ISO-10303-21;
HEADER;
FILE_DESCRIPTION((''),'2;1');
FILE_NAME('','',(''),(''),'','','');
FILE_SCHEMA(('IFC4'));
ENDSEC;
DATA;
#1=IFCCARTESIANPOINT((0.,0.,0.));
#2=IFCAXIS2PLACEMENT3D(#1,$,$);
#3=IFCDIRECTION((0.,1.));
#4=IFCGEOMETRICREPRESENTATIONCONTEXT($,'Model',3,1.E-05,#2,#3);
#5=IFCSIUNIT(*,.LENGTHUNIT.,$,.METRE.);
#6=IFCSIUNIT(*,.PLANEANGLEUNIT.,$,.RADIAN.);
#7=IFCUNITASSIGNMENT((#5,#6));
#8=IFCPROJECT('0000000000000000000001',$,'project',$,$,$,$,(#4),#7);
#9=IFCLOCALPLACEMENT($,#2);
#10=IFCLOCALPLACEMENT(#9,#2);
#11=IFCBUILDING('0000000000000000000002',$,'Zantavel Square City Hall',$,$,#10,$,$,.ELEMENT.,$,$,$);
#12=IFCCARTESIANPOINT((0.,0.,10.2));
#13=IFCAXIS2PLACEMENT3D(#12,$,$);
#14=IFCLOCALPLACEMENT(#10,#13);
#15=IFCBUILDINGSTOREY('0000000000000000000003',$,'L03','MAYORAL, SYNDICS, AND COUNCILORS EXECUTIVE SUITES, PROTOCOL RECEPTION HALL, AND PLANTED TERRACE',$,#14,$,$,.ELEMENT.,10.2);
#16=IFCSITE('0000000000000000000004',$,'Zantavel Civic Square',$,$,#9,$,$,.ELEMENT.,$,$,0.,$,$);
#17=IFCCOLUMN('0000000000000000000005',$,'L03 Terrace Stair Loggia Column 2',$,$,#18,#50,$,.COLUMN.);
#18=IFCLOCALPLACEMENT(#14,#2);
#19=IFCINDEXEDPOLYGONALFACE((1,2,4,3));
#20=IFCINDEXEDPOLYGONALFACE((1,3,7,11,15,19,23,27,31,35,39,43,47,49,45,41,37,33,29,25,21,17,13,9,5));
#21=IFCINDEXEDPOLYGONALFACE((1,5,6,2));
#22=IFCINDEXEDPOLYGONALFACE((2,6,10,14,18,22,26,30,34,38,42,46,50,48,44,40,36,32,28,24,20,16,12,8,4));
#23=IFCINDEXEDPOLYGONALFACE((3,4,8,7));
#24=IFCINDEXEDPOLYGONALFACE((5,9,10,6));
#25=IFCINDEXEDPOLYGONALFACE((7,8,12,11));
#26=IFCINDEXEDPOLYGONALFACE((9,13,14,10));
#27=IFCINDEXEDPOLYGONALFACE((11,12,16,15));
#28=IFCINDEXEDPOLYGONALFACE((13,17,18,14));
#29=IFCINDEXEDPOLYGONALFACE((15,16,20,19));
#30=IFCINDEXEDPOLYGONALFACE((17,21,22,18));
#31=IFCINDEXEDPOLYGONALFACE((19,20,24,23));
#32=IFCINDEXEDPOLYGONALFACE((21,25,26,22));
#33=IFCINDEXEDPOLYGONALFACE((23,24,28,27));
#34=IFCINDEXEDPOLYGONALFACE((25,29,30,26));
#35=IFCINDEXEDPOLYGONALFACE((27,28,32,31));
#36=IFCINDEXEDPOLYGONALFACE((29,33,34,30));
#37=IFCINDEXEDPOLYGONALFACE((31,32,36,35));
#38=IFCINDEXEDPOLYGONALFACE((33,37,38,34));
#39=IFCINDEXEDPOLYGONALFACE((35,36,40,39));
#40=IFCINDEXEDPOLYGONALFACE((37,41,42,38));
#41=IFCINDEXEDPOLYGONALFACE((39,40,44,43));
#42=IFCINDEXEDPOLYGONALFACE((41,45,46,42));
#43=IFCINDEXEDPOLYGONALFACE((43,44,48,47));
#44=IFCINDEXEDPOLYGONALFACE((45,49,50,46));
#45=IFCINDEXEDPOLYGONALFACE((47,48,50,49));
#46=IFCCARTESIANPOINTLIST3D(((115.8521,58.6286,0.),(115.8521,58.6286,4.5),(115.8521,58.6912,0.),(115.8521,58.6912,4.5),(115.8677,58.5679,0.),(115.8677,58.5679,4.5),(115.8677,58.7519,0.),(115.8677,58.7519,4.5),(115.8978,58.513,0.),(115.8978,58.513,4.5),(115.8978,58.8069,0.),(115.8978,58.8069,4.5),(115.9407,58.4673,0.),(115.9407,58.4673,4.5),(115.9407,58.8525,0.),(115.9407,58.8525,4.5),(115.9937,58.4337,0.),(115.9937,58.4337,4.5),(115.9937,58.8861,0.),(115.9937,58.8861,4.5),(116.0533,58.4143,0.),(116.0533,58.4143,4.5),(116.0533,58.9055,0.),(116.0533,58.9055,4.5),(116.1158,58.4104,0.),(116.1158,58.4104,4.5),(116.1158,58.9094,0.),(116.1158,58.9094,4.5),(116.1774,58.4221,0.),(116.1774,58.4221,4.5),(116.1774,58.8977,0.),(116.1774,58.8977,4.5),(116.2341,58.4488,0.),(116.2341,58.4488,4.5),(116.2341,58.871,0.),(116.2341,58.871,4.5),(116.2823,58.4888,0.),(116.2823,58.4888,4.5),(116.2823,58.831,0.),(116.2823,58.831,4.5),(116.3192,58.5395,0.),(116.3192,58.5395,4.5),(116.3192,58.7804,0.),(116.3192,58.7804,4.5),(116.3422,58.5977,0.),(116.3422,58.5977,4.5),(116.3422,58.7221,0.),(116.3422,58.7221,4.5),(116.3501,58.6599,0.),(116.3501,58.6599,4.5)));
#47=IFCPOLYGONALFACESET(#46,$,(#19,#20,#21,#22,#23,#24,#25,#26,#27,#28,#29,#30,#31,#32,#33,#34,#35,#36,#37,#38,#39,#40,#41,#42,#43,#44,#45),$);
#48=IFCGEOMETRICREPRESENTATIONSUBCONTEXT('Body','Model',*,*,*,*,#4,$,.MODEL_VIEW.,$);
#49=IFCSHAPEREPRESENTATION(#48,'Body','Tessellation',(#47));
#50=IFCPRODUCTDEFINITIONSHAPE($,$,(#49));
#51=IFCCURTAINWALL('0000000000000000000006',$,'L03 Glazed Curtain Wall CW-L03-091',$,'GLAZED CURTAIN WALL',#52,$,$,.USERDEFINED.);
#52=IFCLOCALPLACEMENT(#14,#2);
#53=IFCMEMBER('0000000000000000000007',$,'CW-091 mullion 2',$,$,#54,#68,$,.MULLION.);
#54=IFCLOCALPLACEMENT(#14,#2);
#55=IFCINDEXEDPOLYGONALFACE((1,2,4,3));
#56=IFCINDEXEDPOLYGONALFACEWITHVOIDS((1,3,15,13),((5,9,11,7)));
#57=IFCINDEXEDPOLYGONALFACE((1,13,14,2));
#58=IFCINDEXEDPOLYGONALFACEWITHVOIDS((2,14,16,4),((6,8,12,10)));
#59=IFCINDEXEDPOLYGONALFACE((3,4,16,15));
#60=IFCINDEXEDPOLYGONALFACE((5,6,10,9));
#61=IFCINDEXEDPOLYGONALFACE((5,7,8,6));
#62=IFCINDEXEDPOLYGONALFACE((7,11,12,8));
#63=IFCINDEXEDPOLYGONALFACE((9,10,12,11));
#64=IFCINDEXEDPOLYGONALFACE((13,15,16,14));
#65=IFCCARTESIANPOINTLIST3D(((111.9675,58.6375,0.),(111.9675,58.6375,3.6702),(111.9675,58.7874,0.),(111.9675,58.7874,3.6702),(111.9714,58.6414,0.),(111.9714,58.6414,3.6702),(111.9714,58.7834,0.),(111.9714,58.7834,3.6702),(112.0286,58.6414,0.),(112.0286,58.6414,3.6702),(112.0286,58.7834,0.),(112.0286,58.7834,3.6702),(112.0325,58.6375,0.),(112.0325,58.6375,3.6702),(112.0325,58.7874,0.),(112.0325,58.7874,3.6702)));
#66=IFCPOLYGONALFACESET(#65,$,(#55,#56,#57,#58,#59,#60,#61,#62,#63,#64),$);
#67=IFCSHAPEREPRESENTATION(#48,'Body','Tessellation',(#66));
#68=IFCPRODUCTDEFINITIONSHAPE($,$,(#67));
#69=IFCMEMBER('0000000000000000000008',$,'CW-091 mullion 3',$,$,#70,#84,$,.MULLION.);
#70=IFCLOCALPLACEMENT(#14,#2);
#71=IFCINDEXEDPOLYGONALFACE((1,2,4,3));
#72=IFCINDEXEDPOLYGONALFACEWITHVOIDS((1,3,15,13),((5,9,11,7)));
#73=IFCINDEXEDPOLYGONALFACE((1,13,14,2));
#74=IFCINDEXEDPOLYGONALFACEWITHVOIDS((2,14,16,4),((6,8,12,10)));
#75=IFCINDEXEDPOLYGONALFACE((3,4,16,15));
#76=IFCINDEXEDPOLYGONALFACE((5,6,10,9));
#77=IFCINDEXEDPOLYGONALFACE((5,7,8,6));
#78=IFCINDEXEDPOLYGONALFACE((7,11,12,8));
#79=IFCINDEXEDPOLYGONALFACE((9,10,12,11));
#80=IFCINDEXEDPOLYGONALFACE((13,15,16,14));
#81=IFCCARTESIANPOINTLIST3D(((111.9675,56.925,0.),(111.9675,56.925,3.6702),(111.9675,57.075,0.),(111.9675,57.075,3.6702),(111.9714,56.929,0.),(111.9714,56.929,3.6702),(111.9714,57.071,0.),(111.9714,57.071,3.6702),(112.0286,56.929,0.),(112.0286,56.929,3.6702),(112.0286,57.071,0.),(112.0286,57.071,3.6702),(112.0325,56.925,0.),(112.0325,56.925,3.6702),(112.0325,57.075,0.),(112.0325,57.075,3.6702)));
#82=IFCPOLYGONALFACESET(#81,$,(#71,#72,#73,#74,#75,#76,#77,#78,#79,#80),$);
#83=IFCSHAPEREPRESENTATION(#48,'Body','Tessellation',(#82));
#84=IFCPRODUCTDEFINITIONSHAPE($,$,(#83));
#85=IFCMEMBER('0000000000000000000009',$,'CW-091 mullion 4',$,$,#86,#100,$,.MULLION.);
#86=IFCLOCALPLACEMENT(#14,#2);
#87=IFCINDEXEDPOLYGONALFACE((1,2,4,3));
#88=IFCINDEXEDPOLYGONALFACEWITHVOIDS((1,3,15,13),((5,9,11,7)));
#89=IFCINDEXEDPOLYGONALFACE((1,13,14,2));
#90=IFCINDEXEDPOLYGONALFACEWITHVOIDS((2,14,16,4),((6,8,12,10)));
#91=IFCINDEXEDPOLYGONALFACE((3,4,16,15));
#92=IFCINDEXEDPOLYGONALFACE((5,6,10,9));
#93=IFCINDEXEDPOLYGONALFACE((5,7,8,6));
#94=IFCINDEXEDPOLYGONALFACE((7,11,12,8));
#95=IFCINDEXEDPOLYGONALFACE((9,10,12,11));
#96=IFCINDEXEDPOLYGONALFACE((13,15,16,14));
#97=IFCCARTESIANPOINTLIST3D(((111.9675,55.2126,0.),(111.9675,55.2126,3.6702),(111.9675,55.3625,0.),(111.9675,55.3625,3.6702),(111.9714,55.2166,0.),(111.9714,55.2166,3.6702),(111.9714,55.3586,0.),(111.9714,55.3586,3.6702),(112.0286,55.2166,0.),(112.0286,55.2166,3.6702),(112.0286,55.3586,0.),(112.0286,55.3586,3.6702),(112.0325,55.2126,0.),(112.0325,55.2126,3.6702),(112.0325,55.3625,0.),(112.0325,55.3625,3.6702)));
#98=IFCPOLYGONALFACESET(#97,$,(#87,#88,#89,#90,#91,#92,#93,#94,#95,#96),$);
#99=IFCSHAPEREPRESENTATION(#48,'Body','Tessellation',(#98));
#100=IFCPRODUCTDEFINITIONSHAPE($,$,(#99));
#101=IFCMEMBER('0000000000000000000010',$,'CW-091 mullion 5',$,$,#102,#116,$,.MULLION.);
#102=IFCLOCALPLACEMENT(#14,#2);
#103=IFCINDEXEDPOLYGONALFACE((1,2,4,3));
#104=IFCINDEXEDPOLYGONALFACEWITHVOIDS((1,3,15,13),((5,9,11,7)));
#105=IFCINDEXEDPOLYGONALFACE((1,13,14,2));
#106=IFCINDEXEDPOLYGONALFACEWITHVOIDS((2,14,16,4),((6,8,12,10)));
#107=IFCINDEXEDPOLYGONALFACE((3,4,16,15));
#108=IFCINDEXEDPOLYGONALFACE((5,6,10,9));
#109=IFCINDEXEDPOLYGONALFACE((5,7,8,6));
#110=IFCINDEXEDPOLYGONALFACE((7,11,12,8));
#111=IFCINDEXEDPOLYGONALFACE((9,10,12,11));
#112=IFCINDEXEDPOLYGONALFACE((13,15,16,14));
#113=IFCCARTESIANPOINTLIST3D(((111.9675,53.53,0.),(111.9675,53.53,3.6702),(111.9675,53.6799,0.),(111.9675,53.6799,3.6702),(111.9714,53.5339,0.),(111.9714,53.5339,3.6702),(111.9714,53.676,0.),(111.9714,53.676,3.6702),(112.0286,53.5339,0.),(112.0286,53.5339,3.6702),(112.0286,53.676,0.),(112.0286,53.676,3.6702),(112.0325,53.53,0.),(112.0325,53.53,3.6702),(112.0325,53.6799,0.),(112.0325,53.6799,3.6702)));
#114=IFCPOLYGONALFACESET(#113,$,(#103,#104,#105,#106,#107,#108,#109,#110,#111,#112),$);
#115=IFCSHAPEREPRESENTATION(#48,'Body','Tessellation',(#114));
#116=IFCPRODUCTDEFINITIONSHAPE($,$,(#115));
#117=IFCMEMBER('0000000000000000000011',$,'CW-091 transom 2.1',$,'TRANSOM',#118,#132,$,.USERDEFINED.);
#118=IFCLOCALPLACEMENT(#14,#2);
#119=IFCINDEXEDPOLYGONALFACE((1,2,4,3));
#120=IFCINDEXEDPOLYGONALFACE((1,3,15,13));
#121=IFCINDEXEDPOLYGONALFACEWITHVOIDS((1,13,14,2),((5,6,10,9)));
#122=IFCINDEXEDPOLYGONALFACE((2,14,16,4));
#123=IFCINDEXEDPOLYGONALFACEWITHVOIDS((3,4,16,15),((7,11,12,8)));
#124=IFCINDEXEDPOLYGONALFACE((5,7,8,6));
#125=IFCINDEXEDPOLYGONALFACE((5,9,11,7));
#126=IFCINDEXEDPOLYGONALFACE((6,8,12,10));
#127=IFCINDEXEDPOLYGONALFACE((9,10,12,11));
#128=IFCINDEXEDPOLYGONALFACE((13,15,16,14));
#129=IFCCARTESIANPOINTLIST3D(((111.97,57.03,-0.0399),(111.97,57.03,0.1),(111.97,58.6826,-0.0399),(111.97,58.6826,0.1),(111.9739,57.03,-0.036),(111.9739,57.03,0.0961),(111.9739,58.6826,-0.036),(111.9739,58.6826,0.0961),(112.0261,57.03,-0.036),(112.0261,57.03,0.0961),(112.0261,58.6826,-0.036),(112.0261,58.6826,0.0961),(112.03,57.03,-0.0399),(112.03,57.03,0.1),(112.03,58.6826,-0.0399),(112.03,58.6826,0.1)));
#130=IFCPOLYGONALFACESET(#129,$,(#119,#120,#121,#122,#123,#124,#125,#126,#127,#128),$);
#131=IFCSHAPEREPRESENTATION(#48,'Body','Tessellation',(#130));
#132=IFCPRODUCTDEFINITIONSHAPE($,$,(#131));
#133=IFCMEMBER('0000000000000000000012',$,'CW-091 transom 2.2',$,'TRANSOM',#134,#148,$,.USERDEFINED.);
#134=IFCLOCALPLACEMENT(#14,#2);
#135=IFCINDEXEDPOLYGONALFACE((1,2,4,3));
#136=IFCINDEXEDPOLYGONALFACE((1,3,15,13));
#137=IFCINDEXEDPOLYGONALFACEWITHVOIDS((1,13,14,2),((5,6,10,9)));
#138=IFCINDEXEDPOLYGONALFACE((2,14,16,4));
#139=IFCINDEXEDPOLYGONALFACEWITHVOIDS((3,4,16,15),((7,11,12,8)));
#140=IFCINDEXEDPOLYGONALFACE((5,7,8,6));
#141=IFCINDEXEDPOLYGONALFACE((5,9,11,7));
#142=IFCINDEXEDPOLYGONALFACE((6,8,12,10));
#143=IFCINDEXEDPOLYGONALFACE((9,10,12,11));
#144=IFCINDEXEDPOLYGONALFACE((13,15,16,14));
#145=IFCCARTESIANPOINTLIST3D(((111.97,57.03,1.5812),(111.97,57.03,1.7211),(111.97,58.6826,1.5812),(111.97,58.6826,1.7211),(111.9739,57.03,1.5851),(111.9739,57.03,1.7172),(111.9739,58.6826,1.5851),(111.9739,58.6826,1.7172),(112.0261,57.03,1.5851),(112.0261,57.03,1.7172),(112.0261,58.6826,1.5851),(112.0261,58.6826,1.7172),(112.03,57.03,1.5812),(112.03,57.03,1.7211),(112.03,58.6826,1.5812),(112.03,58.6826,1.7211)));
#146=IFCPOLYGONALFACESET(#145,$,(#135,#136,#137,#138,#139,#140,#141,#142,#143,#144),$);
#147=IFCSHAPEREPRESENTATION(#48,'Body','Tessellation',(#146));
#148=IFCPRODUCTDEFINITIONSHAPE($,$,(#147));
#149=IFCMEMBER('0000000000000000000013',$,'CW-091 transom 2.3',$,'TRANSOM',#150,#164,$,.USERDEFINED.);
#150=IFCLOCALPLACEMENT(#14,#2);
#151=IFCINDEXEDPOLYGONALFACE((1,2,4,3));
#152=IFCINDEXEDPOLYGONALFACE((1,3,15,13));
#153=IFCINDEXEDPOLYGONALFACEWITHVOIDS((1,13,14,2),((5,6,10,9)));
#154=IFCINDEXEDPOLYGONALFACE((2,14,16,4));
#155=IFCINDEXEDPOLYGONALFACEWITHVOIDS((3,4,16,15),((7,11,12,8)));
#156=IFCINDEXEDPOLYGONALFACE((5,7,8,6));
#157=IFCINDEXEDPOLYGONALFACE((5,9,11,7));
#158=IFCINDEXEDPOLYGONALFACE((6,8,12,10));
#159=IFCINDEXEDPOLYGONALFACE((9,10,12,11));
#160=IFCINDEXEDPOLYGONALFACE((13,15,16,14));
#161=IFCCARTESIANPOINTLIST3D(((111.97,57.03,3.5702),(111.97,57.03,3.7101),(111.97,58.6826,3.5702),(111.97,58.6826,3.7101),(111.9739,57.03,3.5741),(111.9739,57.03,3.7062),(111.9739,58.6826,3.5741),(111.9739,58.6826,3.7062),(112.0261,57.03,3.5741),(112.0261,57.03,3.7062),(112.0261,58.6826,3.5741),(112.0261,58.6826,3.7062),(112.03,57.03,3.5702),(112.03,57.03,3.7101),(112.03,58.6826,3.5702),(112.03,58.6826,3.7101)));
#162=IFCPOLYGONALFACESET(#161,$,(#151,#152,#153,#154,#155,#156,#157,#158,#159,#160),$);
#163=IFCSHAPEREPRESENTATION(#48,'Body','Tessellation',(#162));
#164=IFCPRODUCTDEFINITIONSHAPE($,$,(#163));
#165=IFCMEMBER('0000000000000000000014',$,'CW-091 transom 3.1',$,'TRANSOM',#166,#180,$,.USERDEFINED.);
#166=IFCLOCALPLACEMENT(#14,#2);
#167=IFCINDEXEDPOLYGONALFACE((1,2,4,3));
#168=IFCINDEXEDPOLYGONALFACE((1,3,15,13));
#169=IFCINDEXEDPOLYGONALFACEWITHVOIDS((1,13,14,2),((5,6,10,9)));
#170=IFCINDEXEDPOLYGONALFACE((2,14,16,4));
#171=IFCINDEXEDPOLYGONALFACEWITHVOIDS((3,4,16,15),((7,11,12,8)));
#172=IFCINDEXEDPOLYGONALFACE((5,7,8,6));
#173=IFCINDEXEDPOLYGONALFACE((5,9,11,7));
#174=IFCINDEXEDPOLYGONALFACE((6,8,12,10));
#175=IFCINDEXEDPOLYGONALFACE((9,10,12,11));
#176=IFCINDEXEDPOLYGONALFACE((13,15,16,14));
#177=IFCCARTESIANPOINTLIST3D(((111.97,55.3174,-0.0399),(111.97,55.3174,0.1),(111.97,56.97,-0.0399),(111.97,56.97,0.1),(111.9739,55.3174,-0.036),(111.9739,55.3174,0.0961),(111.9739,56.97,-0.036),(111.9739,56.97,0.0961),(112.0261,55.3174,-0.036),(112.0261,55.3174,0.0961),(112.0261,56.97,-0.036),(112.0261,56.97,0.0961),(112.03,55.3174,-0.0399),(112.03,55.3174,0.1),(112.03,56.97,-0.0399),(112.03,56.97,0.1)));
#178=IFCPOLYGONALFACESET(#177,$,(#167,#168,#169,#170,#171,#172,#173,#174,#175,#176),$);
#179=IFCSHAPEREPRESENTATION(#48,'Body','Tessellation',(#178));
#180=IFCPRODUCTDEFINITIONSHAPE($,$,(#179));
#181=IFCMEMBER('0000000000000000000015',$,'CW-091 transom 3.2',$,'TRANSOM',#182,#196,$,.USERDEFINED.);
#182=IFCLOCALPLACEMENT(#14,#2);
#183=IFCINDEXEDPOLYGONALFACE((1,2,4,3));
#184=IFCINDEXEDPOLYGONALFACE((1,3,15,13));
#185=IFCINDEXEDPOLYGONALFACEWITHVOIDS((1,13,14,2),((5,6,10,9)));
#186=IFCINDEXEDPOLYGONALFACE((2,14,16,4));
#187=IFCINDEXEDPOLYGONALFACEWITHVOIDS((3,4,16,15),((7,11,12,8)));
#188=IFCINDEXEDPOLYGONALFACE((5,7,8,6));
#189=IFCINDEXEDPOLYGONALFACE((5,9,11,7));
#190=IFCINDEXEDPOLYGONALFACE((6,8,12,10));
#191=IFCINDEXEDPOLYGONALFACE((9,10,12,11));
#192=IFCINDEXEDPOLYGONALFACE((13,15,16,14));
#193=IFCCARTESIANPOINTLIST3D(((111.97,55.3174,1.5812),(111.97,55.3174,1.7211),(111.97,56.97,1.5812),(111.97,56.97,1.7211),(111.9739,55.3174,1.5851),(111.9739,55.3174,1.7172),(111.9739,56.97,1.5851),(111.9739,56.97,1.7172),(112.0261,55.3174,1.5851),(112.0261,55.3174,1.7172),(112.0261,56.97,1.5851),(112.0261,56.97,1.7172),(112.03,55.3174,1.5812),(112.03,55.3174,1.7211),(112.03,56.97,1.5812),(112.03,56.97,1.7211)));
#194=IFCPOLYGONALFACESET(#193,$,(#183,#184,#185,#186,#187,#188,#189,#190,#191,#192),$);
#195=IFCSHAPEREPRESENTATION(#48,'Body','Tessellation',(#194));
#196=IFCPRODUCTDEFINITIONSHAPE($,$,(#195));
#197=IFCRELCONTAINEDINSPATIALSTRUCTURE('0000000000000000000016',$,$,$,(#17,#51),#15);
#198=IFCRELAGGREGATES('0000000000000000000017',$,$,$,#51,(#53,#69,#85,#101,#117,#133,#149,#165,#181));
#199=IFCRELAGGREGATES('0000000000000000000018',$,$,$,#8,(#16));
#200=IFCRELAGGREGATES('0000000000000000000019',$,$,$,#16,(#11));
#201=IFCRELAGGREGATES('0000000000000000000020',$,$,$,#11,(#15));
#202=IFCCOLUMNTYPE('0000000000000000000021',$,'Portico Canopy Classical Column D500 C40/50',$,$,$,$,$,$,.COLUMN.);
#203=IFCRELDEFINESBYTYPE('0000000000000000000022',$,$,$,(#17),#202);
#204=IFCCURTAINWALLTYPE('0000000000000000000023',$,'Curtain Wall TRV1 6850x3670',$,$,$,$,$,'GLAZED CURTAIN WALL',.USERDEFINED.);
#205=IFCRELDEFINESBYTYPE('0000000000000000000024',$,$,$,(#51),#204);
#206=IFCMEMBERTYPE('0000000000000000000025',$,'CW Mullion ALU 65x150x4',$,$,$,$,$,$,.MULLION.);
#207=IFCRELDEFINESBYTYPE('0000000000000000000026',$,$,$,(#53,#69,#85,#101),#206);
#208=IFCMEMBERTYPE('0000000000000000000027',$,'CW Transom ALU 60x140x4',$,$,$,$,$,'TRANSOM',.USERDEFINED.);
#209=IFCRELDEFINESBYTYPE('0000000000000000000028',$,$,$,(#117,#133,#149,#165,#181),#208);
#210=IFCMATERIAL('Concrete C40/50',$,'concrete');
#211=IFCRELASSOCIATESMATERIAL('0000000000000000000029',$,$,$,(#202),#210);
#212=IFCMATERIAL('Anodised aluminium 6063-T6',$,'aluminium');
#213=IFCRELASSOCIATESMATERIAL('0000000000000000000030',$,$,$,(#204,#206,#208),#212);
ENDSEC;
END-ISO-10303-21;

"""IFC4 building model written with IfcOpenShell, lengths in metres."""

from ifc_helpers import new_model, si_unit, direction, frame, origin, origin_2d, place, context, subcontext, project, spatial, hollow_rectangle, circle, extrude, material, material_profile, profile_set, type_object, element, aggregate, save


model = new_model("IFC4")

# Units and contexts
model_context = context("Model", 3, precision=1e-05, world=origin(), true_north=direction((0.0, 1.0)))
body_context = subcontext(model_context, "Body", "Model", "MODEL_VIEW")
ifc_project = project(units=[si_unit("LENGTHUNIT", "METRE"), si_unit("PLANEANGLEUNIT", "RADIAN")], contexts=[model_context])

# Site, building, storey
site_placement = place(None, origin())
site = spatial("IfcSite", under=ifc_project, at=site_placement, Name="Zantavel Civic Square", CompositionType="ELEMENT", RefElevation=0.0)
building_placement = place(site_placement, origin())
building = spatial("IfcBuilding", under=site, at=building_placement, Name="Zantavel Square City Hall", CompositionType="ELEMENT")
storey_placement = place(building_placement, frame((0.0, 0.0, 10.2)))
storey = spatial("IfcBuildingStorey", under=building, at=storey_placement, Name="L03", Description="MAYORAL, SYNDICS, AND COUNCILORS EXECUTIVE SUITES, PROTOCOL RECEPTION HALL, AND PLANTED TERRACE", CompositionType="ELEMENT", Elevation=10.2)

# Column
ifc_material_1 = material(Name="Concrete C40/50", Category="concrete")
ifc_material_profile_1 = material_profile(ifc_material_1, circle(Radius=0.25, at=origin_2d()), Name="ROUND D500")
ifc_profile_set_1 = profile_set([ifc_material_profile_1], Name="Concrete C40/50")
column_type = type_object("IfcColumnType", Name="Portico Canopy Classical Column D500 C40/50", PredefinedType="COLUMN", material=ifc_profile_set_1)
column_placement = place(storey_placement, frame((116.1001, 58.6599, 0.0), z_axis=(0.0, 0.0, 1.0), x_axis=(1.0, 0.0, 0.0)))
element("IfcColumn", 1, at=column_placement, inside=storey, type_object=column_type, Name="L03 Terrace Stair Loggia Column 2", PredefinedType="COLUMN", context=body_context, shape_type="SweptSolid", body=[
    extrude(circle(Radius=0.25, at=origin_2d()), origin(), (0.0, 0.0, 1.0), 4.5),
])

# Curtain wall, members
ifc_material_2 = material(Name="Anodised aluminium 6063-T6", Category="aluminium")
curtain_wall_type = type_object("IfcCurtainWallType", Name="Curtain Wall TRV1 6850x3670", ElementType="GLAZED CURTAIN WALL", PredefinedType="USERDEFINED", material=ifc_material_2)
curtain_wall_placement = place(storey_placement, origin())
curtain_wall = element("IfcCurtainWall", 2, at=curtain_wall_placement, inside=storey, type_object=curtain_wall_type, Name="L03 Glazed Curtain Wall CW-L03-091", ObjectType="GLAZED CURTAIN WALL", PredefinedType="USERDEFINED")
ifc_material_profile_2 = material_profile(ifc_material_2, hollow_rectangle(XDim=0.0649, YDim=0.1499, WallThickness=0.0039, at=origin_2d()), Name="ALU 65x150x4")
ifc_profile_set_2 = profile_set([ifc_material_profile_2], Name="Anodised aluminium 6063-T6")
member_type_1 = type_object("IfcMemberType", Name="CW Mullion ALU 65x150x4", PredefinedType="MULLION", material=ifc_profile_set_2)
member_1_placement = place(storey_placement, frame((112.0, 58.7124, 0.0), z_axis=(0.0, 0.0, 1.0), x_axis=(1.0, 0.0, 0.0)))
member_1 = element("IfcMember", 3, at=member_1_placement, type_object=member_type_1, Name="CW-091 mullion 2", PredefinedType="MULLION", context=body_context, shape_type="SweptSolid", body=[
    extrude(hollow_rectangle(XDim=0.0649, YDim=0.1499, WallThickness=0.0039, at=origin_2d()), origin(), (0.0, 0.0, 1.0), 3.6702),
])
member_2_placement = place(storey_placement, frame((112.0, 57.0, 0.0), z_axis=(0.0, 0.0, 1.0), x_axis=(1.0, 0.0, 0.0)))
member_2 = element("IfcMember", 4, at=member_2_placement, type_object=member_type_1, Name="CW-091 mullion 3", PredefinedType="MULLION", context=body_context, shape_type="SweptSolid", body=[
    extrude(hollow_rectangle(XDim=0.0649, YDim=0.1499, WallThickness=0.0039, at=origin_2d()), origin(), (0.0, 0.0, 1.0), 3.6702),
])
member_3_placement = place(storey_placement, frame((112.0, 55.2876, 0.0), z_axis=(0.0, 0.0, 1.0), x_axis=(1.0, 0.0, 0.0)))
member_3 = element("IfcMember", 5, at=member_3_placement, type_object=member_type_1, Name="CW-091 mullion 4", PredefinedType="MULLION", context=body_context, shape_type="SweptSolid", body=[
    extrude(hollow_rectangle(XDim=0.0649, YDim=0.1499, WallThickness=0.0039, at=origin_2d()), origin(), (0.0, 0.0, 1.0), 3.6702),
])
member_4_placement = place(storey_placement, frame((112.0, 53.605, 0.0), z_axis=(0.0, 0.0, 1.0), x_axis=(1.0, 0.0, 0.0)))
member_4 = element("IfcMember", 6, at=member_4_placement, type_object=member_type_1, Name="CW-091 mullion 5", PredefinedType="MULLION", context=body_context, shape_type="SweptSolid", body=[
    extrude(hollow_rectangle(XDim=0.0649, YDim=0.1499, WallThickness=0.0039, at=origin_2d()), origin(), (0.0, 0.0, 1.0), 3.6702),
])
ifc_material_profile_3 = material_profile(ifc_material_2, hollow_rectangle(XDim=0.0601, YDim=0.1399, WallThickness=0.0039, at=origin_2d()), Name="ALU 60x140x4")
ifc_profile_set_3 = profile_set([ifc_material_profile_3], Name="Anodised aluminium 6063-T6")
member_type_2 = type_object("IfcMemberType", Name="CW Transom ALU 60x140x4", ElementType="TRANSOM", PredefinedType="USERDEFINED", material=ifc_profile_set_3)
member_5_placement = place(storey_placement, frame((112.0, 58.6826, 0.03), z_axis=(0.0, -1.0, 0.0), x_axis=(1.0, 0.0, 0.0)))
member_5 = element("IfcMember", 7, at=member_5_placement, type_object=member_type_2, Name="CW-091 transom 2.1", ObjectType="TRANSOM", PredefinedType="USERDEFINED", context=body_context, shape_type="SweptSolid", body=[
    extrude(hollow_rectangle(XDim=0.0601, YDim=0.1399, WallThickness=0.0039, at=origin_2d()), origin(), (0.0, 0.0, 1.0), 1.6526),
])
member_6_placement = place(storey_placement, frame((112.0, 58.6826, 1.6511), z_axis=(0.0, -1.0, 0.0), x_axis=(1.0, 0.0, 0.0)))
member_6 = element("IfcMember", 8, at=member_6_placement, type_object=member_type_2, Name="CW-091 transom 2.2", ObjectType="TRANSOM", PredefinedType="USERDEFINED", context=body_context, shape_type="SweptSolid", body=[
    extrude(hollow_rectangle(XDim=0.0601, YDim=0.1399, WallThickness=0.0039, at=origin_2d()), origin(), (0.0, 0.0, 1.0), 1.6526),
])
member_7_placement = place(storey_placement, frame((112.0, 58.6826, 3.6401), z_axis=(0.0, -1.0, 0.0), x_axis=(1.0, 0.0, 0.0)))
member_7 = element("IfcMember", 9, at=member_7_placement, type_object=member_type_2, Name="CW-091 transom 2.3", ObjectType="TRANSOM", PredefinedType="USERDEFINED", context=body_context, shape_type="SweptSolid", body=[
    extrude(hollow_rectangle(XDim=0.0601, YDim=0.1399, WallThickness=0.0039, at=origin_2d()), origin(), (0.0, 0.0, 1.0), 1.6526),
])
member_8_placement = place(storey_placement, frame((112.0, 56.97, 0.03), z_axis=(0.0, -1.0, 0.0), x_axis=(1.0, 0.0, 0.0)))
member_8 = element("IfcMember", 10, at=member_8_placement, type_object=member_type_2, Name="CW-091 transom 3.1", ObjectType="TRANSOM", PredefinedType="USERDEFINED", context=body_context, shape_type="SweptSolid", body=[
    extrude(hollow_rectangle(XDim=0.0601, YDim=0.1399, WallThickness=0.0039, at=origin_2d()), origin(), (0.0, 0.0, 1.0), 1.6526),
])
member_9_placement = place(storey_placement, frame((112.0, 56.97, 1.6511), z_axis=(0.0, -1.0, 0.0), x_axis=(1.0, 0.0, 0.0)))
member_9 = element("IfcMember", 11, at=member_9_placement, type_object=member_type_2, Name="CW-091 transom 3.2", ObjectType="TRANSOM", PredefinedType="USERDEFINED", context=body_context, shape_type="SweptSolid", body=[
    extrude(hollow_rectangle(XDim=0.0601, YDim=0.1399, WallThickness=0.0039, at=origin_2d()), origin(), (0.0, 0.0, 1.0), 1.6526),
])

aggregate(curtain_wall, [member_1, member_2, member_3, member_4, member_5, member_6, member_7, member_8, member_9])

save(model, "model.ifc")
